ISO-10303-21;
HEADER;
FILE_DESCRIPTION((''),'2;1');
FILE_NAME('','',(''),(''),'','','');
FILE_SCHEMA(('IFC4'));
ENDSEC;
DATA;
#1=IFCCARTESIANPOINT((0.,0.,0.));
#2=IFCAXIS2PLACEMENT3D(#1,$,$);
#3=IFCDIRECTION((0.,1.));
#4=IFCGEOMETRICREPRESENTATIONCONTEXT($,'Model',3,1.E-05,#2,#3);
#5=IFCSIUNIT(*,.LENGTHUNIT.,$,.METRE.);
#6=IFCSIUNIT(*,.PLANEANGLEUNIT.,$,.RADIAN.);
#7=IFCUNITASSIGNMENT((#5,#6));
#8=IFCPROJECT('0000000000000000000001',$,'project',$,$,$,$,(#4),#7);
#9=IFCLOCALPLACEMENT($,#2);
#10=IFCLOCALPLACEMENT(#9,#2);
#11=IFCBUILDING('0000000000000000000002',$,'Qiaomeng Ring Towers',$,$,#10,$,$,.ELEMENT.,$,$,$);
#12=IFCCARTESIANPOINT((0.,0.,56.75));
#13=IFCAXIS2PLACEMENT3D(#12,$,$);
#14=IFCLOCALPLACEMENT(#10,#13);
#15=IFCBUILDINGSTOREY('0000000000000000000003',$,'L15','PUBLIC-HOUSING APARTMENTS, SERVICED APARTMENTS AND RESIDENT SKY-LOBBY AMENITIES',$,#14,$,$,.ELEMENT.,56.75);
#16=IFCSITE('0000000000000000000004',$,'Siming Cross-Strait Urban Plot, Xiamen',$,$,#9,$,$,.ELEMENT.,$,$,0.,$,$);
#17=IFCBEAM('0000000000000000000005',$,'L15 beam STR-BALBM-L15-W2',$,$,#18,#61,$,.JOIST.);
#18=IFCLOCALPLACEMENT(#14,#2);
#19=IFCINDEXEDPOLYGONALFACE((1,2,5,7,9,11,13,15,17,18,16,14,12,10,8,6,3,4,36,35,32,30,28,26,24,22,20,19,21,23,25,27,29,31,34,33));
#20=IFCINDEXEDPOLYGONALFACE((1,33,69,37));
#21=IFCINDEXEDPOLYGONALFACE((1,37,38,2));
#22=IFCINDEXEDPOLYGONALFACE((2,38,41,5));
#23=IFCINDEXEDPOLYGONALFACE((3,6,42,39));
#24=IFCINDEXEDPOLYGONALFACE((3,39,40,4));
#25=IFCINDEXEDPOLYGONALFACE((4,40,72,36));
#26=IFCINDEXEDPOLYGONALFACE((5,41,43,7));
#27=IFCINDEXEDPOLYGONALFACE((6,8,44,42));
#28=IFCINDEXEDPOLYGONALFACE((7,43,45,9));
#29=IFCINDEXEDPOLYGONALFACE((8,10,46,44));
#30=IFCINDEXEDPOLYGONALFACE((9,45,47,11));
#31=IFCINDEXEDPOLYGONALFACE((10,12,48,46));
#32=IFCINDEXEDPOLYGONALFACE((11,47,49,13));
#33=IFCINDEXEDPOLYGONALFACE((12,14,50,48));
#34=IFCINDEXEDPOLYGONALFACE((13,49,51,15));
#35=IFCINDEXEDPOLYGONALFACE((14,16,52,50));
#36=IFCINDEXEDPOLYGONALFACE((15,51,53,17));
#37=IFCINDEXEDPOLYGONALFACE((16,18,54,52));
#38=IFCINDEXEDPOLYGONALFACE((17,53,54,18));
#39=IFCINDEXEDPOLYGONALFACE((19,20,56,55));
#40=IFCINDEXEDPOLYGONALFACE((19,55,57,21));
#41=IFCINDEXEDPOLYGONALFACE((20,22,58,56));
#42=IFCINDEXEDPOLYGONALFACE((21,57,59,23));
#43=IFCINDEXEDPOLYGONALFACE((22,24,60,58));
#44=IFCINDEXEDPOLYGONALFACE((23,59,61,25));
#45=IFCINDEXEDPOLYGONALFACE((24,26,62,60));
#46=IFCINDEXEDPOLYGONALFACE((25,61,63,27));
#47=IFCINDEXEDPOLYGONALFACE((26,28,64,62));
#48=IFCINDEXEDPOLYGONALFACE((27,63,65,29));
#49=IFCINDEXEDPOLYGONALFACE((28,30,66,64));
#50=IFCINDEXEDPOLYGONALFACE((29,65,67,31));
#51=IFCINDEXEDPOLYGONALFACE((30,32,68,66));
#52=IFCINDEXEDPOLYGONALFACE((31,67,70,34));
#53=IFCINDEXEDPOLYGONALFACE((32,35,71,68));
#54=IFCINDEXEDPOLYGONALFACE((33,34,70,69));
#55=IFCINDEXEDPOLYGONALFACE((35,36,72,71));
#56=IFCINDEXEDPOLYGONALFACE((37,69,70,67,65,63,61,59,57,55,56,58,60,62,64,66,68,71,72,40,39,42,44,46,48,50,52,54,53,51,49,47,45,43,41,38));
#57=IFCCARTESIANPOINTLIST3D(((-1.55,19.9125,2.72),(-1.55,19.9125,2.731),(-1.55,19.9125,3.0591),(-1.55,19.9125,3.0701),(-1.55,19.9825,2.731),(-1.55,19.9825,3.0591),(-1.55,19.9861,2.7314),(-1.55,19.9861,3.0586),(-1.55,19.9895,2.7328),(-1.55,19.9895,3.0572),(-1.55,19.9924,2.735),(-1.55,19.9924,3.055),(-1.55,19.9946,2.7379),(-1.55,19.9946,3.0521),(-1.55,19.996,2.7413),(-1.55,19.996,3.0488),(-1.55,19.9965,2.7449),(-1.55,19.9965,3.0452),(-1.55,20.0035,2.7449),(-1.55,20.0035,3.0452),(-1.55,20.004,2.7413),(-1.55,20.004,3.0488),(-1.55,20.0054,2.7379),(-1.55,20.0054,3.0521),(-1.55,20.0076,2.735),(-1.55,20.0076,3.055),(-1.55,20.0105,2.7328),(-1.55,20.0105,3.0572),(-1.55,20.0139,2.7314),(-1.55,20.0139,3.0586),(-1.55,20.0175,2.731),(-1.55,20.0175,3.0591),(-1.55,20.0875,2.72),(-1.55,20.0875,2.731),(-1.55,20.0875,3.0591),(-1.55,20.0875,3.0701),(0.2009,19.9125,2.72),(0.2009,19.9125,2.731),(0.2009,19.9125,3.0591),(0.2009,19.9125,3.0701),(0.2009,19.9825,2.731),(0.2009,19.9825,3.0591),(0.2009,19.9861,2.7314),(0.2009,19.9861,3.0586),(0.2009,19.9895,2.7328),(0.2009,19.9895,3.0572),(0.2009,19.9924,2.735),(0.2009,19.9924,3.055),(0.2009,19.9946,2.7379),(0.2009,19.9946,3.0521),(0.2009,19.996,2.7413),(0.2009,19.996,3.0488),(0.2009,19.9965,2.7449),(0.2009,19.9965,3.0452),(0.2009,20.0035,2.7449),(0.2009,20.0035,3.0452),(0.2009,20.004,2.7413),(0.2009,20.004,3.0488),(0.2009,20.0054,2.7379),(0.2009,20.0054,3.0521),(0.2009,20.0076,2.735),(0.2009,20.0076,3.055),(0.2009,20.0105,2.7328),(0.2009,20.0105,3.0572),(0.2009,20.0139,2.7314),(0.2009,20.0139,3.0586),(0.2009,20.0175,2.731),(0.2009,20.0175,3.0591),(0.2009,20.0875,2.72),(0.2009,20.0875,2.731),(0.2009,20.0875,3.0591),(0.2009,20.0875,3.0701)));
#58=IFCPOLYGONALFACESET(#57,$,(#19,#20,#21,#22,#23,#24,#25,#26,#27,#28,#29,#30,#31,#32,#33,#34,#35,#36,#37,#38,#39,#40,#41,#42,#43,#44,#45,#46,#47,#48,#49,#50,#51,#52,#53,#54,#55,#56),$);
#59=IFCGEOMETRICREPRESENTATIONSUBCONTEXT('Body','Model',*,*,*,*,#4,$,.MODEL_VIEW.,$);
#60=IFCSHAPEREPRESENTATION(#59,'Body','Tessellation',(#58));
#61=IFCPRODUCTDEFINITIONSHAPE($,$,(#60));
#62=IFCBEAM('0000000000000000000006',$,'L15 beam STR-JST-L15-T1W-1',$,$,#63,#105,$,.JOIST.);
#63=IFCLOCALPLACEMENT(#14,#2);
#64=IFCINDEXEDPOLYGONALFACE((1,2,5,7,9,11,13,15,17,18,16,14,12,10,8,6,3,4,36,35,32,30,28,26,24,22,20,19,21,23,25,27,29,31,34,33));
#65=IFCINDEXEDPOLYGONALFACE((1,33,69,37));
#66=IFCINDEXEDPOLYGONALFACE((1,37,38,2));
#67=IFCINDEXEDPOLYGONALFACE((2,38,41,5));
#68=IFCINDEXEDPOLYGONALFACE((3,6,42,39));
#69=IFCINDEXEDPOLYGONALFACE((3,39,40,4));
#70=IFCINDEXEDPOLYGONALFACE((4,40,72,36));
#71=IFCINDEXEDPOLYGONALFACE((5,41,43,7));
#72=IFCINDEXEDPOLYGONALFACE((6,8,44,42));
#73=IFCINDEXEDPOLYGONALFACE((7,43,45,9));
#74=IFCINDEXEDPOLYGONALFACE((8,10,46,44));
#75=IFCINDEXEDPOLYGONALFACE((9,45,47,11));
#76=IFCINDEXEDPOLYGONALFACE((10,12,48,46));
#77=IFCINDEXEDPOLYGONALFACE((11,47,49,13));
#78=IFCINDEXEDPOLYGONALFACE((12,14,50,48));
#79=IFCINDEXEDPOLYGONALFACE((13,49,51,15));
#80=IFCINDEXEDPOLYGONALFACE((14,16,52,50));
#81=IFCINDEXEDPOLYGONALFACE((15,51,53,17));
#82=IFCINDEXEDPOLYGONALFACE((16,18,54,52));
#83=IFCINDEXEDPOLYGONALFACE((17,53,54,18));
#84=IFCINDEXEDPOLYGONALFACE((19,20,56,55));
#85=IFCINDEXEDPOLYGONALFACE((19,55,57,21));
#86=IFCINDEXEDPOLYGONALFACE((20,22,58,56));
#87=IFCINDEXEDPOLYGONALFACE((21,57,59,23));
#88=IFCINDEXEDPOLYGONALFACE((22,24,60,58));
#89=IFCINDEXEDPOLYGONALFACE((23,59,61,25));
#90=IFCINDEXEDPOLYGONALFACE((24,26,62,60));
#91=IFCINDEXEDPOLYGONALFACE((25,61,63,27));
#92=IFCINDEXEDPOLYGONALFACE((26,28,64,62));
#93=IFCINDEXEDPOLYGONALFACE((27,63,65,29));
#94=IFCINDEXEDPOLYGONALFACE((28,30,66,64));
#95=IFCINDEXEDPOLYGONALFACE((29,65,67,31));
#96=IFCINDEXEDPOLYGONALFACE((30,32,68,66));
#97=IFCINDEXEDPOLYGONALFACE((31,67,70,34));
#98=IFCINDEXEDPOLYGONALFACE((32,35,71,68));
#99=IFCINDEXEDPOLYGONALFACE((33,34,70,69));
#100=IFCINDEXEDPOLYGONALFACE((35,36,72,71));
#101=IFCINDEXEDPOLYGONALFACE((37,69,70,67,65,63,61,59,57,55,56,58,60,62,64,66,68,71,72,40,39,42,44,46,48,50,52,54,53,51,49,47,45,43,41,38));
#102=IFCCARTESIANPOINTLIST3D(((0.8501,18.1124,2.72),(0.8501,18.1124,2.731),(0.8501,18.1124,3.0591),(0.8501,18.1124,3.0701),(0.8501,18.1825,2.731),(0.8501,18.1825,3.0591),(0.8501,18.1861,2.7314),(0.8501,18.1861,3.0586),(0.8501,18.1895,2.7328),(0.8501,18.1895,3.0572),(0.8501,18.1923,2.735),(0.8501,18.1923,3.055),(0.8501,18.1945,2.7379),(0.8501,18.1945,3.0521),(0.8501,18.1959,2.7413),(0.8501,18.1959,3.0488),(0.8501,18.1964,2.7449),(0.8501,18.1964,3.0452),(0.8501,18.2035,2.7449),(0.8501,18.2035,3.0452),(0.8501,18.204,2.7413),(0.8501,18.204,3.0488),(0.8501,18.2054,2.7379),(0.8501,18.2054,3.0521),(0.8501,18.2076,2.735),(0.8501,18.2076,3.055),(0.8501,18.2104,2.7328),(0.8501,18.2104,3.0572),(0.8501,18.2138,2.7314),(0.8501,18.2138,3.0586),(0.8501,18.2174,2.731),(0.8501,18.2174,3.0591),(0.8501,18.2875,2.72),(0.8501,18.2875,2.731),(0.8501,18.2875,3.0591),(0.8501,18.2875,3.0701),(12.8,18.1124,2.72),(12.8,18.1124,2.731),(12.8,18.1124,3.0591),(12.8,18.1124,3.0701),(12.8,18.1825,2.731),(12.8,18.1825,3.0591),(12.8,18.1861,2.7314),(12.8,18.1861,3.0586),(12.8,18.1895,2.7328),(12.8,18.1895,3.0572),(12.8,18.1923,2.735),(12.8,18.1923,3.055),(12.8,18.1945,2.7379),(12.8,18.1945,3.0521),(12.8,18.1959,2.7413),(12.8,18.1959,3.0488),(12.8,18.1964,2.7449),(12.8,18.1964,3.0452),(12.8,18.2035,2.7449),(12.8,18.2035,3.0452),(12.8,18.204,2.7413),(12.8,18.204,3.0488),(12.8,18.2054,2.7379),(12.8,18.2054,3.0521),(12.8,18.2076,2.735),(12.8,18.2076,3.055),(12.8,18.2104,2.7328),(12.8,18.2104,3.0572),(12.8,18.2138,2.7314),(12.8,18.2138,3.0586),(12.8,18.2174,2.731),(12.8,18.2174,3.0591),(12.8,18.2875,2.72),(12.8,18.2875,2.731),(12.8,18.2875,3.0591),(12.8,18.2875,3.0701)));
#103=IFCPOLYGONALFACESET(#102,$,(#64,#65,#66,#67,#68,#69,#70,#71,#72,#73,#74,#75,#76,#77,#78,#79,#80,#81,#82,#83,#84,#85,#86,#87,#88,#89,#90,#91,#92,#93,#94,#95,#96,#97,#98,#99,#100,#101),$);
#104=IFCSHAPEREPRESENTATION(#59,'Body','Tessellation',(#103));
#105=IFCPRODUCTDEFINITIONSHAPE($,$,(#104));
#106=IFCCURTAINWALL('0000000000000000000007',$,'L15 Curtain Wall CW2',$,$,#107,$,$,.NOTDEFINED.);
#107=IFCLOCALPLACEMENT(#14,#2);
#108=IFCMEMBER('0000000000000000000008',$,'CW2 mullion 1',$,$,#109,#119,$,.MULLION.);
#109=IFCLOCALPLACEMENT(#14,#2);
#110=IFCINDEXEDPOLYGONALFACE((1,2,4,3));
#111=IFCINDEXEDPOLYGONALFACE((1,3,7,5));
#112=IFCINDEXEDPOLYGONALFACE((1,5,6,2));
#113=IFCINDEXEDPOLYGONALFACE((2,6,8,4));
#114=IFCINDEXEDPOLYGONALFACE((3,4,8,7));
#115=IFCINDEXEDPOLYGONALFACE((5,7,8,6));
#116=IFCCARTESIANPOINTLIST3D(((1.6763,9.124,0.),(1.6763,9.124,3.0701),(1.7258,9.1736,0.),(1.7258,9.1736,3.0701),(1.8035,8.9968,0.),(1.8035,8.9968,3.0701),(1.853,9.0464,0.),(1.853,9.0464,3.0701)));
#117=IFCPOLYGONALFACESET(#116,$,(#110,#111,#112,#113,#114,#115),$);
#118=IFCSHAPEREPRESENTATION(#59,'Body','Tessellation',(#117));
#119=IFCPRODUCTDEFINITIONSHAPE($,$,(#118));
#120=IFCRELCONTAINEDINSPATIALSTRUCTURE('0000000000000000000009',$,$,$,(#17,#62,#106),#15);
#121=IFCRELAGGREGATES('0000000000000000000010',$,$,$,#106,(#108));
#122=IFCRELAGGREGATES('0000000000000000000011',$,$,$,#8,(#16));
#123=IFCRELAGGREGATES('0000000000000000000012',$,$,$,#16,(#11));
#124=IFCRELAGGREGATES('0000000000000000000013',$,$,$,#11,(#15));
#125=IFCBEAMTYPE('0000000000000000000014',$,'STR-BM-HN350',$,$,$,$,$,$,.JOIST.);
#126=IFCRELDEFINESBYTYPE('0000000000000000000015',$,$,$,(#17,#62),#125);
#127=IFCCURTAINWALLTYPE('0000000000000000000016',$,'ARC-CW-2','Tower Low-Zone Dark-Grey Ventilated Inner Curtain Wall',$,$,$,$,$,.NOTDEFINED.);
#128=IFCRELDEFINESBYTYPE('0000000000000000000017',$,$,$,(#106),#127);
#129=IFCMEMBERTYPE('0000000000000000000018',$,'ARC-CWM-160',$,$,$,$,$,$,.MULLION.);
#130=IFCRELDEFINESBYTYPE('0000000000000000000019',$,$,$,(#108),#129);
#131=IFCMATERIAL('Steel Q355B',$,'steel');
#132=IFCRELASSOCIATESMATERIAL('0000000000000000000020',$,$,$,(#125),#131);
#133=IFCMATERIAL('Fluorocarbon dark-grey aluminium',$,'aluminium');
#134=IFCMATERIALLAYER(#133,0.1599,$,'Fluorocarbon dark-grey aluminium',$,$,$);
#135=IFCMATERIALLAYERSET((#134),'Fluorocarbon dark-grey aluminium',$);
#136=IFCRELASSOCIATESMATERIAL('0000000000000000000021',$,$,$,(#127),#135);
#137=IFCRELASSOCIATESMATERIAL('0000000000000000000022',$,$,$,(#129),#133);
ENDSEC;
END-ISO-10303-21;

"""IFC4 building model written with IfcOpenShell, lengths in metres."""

from ifc_helpers import new_model, si_unit, direction, frame, origin, origin_2d, place, context, subcontext, project, spatial, rectangle, i_section, extrude, source, transform, mapped, material, layer, layer_set, material_profile, profile_set, type_object, element, aggregate, save


model = new_model("IFC4")

# Units and contexts
model_context = context("Model", 3, precision=1e-05, world=origin(), true_north=direction((0.0, 1.0)))
body_context = subcontext(model_context, "Body", "Model", "MODEL_VIEW")
ifc_project = project(units=[si_unit("LENGTHUNIT", "METRE"), si_unit("PLANEANGLEUNIT", "RADIAN")], contexts=[model_context])

# Site, building, storey
site_placement = place(None, origin())
site = spatial("IfcSite", under=ifc_project, at=site_placement, Name="Siming Cross-Strait Urban Plot, Xiamen", CompositionType="ELEMENT", RefElevation=0.0)
building_placement = place(site_placement, origin())
building = spatial("IfcBuilding", under=site, at=building_placement, Name="Qiaomeng Ring Towers", CompositionType="ELEMENT")
storey_placement = place(building_placement, frame((0.0, 0.0, 56.75)))
storey = spatial("IfcBuildingStorey", under=building, at=storey_placement, Name="L15", Description="PUBLIC-HOUSING APARTMENTS, SERVICED APARTMENTS AND RESIDENT SKY-LOBBY AMENITIES", CompositionType="ELEMENT", Elevation=56.75)

# Beams
ifc_material_1 = material(Name="Steel Q355B", Category="steel")
ifc_material_profile_1 = material_profile(ifc_material_1, i_section(OverallWidth=0.175, OverallDepth=0.3501, WebThickness=0.0071, FlangeThickness=0.011, FilletRadius=0.0139, at=origin_2d()), Name="HN 350x175x7x11")
ifc_profile_set_1 = profile_set([ifc_material_profile_1], Name="Steel Q355B")
beam_type_1 = type_object("IfcBeamType", Name="STR-BM-HN350", PredefinedType="JOIST", material=ifc_profile_set_1)
shared_shape_1 = source(origin(), body_context, "Body", "SweptSolid", [
    extrude(i_section(OverallWidth=0.175, OverallDepth=0.3501, WebThickness=0.0071, FlangeThickness=0.011, FilletRadius=0.0139, at=origin_2d()), origin(), (0.0, 0.0, 1.0), 1.751),
])
beam_1_placement = place(storey_placement, frame((-1.55, 20.0, 2.895), z_axis=(1.0, 0.0, 0.0), x_axis=(0.0, 1.0, 0.0)))
element("IfcBeam", 1, at=beam_1_placement, inside=storey, type_object=beam_type_1, Name="L15 beam STR-BALBM-L15-W2", PredefinedType="JOIST", context=body_context, shape_type="MappedRepresentation", body=[
    mapped(shared_shape_1, transform((0.0, 0.0, 0.0), x_axis=(1.0, 0.0, 0.0), y_axis=(0.0, 1.0, 0.0), z_axis=(0.0, 0.0, 1.0), scale=1.0)),
])
shared_shape_2 = source(origin(), body_context, "Body", "SweptSolid", [
    extrude(i_section(OverallWidth=0.175, OverallDepth=0.3501, WebThickness=0.0071, FlangeThickness=0.011, FilletRadius=0.0139, at=origin_2d()), origin(), (0.0, 0.0, 1.0), 11.95),
])
beam_2_placement = place(storey_placement, frame((0.8501, 18.2, 2.895), z_axis=(1.0, 0.0, 0.0), x_axis=(0.0, 1.0, 0.0)))
element("IfcBeam", 2, at=beam_2_placement, inside=storey, type_object=beam_type_1, Name="L15 beam STR-JST-L15-T1W-1", PredefinedType="JOIST", context=body_context, shape_type="MappedRepresentation", body=[
    mapped(shared_shape_2, transform((0.0, 0.0, 0.0), x_axis=(1.0, 0.0, 0.0), y_axis=(0.0, 1.0, 0.0), z_axis=(0.0, 0.0, 1.0), scale=1.0)),
])

# Curtain wall, member
ifc_material_2 = material(Name="Fluorocarbon dark-grey aluminium", Category="aluminium")
ifc_layer_1 = layer(ifc_material_2, 0.1599, Name="Fluorocarbon dark-grey aluminium")
ifc_layer_set_1 = layer_set([ifc_layer_1], Name="Fluorocarbon dark-grey aluminium")
curtain_wall_type = type_object("IfcCurtainWallType", Name="ARC-CW-2", Description="Tower Low-Zone Dark-Grey Ventilated Inner Curtain Wall", PredefinedType="NOTDEFINED", material=ifc_layer_set_1)
curtain_wall_placement = place(storey_placement, origin())
curtain_wall = element("IfcCurtainWall", 3, at=curtain_wall_placement, inside=storey, type_object=curtain_wall_type, Name="L15 Curtain Wall CW2", PredefinedType="NOTDEFINED")
ifc_material_profile_2 = material_profile(ifc_material_2, rectangle(XDim=0.0701, YDim=0.1799, at=origin_2d()), Name="ALU MULL 70x180")
ifc_profile_set_2 = profile_set([ifc_material_profile_2], Name="Fluorocarbon dark-grey aluminium")
member_type = type_object("IfcMemberType", Name="ARC-CWM-160", PredefinedType="MULLION", material=ifc_profile_set_2)
shared_shape_3 = source(origin(), body_context, "Body", "SweptSolid", [
    extrude(rectangle(XDim=0.0701, YDim=0.1799, at=origin_2d()), origin(), (0.0, 0.0, 1.0), 3.0701),
])
member_placement = place(storey_placement, frame((1.7646, 9.0852, 0.0), z_axis=(0.0, 0.0, 1.0), x_axis=(0.707107, 0.707107, 0.0)))
member = element("IfcMember", 4, at=member_placement, type_object=member_type, Name="CW2 mullion 1", PredefinedType="MULLION", context=body_context, shape_type="MappedRepresentation", body=[
    mapped(shared_shape_3, transform((0.0, 0.0, 0.0), x_axis=(1.0, 0.0, 0.0), y_axis=(0.0, 1.0, 0.0), z_axis=(0.0, 0.0, 1.0), scale=1.0)),
])
aggregate(curtain_wall, [member])

save(model, "model.ifc")
